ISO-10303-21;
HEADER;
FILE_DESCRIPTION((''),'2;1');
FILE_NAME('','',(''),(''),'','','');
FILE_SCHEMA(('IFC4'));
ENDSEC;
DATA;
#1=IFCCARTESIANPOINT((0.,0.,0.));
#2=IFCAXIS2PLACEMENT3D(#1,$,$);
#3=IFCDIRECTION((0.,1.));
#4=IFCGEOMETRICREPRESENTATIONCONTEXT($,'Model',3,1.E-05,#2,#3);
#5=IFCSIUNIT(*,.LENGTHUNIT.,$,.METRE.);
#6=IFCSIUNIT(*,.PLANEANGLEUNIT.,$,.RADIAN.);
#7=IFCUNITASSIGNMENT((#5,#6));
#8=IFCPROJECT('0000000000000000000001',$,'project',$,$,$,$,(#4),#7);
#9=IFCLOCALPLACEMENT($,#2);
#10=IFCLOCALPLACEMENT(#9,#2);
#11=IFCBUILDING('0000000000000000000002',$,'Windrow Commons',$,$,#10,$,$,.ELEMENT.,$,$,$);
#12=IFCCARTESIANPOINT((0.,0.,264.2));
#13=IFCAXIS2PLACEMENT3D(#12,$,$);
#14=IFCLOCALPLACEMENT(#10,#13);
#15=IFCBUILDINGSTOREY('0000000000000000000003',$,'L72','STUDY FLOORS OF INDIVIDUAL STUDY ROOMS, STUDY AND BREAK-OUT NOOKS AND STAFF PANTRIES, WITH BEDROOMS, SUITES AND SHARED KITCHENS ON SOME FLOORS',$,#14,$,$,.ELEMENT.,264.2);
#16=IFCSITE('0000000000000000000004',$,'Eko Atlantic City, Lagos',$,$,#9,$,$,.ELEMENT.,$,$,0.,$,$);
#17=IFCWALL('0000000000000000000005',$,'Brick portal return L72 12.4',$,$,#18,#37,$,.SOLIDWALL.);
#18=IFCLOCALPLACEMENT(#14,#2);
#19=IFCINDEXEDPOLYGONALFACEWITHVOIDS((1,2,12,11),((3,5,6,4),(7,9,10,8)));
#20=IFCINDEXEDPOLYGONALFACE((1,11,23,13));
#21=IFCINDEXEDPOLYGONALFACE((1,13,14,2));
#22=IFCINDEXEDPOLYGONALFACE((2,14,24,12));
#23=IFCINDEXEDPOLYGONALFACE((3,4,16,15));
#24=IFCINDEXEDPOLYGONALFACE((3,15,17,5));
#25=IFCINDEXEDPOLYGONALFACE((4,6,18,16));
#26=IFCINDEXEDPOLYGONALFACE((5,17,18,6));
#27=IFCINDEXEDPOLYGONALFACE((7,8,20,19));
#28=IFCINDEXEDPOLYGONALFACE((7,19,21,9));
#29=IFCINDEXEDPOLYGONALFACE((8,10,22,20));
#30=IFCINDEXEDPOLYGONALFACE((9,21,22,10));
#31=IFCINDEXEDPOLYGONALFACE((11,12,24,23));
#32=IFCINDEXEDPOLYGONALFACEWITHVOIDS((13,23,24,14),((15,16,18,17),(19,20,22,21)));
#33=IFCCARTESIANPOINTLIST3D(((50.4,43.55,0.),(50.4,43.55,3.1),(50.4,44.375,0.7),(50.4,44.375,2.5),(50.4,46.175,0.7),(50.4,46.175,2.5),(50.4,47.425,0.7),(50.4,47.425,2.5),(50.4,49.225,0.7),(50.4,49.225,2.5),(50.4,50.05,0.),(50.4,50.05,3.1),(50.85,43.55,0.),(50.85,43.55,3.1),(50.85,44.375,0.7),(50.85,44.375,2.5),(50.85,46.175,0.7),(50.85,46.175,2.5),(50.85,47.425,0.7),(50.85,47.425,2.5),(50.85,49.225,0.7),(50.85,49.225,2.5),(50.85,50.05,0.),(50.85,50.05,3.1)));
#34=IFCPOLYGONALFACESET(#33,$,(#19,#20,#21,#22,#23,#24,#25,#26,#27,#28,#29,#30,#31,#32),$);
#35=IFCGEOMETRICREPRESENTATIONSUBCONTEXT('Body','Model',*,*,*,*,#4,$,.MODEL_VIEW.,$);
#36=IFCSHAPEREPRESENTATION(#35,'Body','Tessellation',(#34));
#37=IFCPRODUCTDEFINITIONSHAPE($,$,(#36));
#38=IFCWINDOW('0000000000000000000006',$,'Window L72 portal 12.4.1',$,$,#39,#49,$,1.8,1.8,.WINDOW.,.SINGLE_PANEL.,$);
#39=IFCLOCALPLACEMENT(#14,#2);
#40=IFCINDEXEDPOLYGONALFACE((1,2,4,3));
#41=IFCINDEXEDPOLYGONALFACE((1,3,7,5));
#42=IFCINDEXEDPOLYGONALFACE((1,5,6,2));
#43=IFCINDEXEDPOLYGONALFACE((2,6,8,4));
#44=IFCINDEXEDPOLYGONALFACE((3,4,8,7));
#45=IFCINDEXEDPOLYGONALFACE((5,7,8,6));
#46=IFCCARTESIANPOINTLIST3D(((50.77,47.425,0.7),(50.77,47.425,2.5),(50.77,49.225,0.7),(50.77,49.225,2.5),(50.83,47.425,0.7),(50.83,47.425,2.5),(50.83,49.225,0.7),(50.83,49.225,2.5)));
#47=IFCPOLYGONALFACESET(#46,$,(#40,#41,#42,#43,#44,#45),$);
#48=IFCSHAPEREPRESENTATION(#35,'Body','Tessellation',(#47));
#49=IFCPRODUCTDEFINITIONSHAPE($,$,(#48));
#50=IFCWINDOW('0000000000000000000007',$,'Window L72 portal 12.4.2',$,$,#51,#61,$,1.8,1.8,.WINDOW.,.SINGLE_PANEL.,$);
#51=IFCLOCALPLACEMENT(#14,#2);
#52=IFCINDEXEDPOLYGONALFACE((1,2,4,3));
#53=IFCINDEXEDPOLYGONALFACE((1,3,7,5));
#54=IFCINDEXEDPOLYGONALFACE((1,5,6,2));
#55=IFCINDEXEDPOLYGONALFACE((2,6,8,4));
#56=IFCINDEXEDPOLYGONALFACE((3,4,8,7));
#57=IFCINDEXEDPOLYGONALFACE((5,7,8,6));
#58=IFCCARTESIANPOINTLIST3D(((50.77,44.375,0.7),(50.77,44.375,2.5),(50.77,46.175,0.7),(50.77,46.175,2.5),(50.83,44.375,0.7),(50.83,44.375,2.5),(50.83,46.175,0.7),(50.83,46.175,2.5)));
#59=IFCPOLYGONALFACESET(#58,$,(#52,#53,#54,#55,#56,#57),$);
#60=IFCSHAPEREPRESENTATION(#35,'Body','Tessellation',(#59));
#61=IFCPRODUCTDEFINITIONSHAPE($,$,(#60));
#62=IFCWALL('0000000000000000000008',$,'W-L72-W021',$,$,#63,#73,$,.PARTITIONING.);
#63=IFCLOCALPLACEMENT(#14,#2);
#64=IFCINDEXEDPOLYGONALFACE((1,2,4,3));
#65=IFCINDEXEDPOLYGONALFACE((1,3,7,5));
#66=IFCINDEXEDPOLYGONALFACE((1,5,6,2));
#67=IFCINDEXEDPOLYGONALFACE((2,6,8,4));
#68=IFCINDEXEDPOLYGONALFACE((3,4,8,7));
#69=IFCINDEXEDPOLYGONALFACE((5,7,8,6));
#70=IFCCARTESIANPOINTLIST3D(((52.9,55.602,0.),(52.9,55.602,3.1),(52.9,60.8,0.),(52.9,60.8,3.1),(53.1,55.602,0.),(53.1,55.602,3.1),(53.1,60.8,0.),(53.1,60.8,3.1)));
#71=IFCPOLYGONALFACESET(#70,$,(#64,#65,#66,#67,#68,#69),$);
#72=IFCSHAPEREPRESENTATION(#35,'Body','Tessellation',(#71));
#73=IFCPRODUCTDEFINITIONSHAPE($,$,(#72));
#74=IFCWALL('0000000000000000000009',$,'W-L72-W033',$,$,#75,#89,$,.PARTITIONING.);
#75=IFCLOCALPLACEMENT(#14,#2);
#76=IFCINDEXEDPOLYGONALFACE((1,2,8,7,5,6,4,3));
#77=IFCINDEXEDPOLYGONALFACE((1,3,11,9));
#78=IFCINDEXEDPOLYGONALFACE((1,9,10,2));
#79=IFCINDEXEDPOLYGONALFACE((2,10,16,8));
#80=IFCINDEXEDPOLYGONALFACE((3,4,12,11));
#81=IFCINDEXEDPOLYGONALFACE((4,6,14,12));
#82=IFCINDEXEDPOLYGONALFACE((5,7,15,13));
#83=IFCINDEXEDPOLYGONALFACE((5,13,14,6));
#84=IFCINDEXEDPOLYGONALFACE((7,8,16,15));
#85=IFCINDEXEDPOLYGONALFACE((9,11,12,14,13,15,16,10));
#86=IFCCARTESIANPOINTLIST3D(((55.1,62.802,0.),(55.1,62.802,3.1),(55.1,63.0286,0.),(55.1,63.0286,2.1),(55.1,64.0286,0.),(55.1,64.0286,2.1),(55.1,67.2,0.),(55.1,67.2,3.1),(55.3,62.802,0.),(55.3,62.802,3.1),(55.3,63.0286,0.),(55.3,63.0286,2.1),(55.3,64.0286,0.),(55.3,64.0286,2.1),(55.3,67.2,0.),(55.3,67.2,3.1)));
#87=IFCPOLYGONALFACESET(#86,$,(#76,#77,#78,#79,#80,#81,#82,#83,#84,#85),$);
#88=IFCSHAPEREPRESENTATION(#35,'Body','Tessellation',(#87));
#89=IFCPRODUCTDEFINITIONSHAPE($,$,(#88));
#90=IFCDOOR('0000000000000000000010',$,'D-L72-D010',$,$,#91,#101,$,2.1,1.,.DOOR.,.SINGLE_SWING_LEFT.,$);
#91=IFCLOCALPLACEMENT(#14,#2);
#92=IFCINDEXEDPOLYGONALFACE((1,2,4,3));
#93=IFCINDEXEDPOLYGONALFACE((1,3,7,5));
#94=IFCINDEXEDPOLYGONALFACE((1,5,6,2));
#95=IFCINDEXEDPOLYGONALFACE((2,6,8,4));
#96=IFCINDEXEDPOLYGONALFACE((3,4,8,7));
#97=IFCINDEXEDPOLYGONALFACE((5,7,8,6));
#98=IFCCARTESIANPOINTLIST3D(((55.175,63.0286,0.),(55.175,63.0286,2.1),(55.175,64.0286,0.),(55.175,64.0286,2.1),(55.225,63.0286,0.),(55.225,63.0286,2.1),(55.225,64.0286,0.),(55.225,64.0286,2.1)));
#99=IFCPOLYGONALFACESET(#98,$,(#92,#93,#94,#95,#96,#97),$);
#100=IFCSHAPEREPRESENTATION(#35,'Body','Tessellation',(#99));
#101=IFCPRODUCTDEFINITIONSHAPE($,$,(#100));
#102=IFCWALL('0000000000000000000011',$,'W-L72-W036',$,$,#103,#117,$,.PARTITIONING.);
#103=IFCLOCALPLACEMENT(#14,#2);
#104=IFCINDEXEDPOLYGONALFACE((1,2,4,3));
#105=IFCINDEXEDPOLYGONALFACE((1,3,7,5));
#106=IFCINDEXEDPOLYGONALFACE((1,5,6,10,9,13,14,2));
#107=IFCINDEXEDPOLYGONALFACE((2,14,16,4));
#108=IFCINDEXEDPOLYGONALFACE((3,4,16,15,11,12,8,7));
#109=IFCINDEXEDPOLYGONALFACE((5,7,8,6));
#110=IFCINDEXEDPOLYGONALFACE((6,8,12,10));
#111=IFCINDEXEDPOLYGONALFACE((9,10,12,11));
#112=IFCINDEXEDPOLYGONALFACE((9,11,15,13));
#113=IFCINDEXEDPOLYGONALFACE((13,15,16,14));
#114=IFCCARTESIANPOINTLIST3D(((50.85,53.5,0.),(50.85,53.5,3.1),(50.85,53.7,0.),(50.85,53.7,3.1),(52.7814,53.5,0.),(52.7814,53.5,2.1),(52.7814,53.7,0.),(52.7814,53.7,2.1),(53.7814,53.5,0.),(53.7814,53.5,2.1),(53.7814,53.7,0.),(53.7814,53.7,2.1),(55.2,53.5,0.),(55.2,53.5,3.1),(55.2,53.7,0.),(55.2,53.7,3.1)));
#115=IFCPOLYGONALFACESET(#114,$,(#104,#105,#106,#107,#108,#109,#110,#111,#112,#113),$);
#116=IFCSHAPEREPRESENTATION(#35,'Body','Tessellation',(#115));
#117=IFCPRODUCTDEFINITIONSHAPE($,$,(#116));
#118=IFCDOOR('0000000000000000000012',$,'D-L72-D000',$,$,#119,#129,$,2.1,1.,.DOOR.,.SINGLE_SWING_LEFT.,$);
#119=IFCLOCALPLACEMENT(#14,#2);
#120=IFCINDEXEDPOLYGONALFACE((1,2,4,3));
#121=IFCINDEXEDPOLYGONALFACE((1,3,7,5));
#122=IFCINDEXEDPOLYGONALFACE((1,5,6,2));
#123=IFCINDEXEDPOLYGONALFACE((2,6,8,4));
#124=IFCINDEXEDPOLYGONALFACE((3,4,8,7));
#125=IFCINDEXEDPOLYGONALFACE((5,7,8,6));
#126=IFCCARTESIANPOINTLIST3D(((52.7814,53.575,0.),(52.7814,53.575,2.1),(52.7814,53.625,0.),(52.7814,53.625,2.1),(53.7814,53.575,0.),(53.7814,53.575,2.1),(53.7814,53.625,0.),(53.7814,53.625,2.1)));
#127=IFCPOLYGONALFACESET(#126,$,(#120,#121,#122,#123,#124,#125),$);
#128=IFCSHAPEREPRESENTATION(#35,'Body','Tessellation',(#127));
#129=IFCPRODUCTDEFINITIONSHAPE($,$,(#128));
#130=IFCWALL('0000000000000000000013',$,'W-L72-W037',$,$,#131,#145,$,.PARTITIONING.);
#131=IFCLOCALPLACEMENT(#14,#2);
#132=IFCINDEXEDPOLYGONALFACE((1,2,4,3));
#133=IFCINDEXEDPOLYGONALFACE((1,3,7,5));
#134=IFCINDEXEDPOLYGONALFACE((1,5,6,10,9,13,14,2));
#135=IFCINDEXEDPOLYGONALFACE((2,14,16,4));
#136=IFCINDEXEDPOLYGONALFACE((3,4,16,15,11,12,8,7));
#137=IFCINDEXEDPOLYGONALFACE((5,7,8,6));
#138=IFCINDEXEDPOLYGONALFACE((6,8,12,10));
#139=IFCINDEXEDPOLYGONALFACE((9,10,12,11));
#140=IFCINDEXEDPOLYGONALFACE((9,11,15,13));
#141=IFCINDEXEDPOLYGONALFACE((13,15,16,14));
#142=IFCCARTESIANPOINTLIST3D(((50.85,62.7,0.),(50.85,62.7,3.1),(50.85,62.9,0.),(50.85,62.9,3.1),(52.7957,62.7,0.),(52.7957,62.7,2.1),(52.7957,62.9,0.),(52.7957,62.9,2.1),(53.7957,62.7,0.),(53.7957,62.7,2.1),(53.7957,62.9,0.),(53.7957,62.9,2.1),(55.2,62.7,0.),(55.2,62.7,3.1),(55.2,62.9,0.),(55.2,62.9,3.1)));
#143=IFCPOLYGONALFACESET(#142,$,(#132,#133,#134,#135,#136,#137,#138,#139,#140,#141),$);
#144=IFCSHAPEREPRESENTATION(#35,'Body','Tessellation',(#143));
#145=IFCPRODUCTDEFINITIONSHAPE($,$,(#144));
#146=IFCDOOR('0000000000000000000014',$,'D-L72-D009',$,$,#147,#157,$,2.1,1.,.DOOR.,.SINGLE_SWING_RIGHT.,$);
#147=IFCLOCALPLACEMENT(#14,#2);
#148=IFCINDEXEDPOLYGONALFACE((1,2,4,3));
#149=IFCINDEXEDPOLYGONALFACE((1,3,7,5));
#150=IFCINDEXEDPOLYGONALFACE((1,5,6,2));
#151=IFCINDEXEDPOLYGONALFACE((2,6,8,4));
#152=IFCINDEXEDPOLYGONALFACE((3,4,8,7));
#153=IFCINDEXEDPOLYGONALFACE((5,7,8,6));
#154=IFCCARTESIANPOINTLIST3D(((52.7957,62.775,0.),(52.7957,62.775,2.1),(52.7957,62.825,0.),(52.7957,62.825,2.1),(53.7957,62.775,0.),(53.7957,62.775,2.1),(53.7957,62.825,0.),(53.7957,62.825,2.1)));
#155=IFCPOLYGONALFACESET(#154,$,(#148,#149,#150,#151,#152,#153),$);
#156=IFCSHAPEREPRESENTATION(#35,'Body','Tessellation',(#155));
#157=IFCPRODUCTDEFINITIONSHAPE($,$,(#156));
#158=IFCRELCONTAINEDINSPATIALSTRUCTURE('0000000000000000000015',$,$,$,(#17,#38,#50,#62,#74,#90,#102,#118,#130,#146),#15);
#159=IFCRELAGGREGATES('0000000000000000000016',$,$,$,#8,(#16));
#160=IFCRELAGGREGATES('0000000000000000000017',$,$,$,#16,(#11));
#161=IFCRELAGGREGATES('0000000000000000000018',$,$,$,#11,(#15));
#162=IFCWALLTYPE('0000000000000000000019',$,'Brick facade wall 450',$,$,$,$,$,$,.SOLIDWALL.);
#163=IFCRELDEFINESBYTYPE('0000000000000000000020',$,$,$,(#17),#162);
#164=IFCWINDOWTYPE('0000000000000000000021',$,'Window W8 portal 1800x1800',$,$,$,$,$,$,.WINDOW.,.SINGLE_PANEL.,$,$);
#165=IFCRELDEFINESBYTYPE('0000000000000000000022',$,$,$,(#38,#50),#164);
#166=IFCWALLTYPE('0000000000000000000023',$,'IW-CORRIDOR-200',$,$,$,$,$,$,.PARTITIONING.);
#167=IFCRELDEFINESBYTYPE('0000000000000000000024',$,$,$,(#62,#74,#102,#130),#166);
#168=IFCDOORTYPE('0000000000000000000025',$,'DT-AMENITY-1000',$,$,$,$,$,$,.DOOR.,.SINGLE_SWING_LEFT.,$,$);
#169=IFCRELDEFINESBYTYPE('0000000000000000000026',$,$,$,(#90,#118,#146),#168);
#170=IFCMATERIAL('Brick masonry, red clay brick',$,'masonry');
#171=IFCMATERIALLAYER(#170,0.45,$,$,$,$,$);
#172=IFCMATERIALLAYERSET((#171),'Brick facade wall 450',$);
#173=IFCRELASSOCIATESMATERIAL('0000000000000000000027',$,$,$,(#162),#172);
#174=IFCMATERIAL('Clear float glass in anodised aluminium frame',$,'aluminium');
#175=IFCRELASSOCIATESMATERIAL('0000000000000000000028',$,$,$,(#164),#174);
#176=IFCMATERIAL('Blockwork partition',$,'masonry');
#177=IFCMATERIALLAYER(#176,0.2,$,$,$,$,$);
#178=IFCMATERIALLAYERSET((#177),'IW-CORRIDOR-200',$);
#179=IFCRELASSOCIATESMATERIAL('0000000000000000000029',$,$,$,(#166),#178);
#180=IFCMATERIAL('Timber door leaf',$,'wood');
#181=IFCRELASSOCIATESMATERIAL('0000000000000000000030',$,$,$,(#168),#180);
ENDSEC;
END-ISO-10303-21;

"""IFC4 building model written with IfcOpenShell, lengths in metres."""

from ifc_helpers import new_model, si_unit, direction, frame, frame_2d, origin, place, context, subcontext, project, spatial, rectangle, extrude, material, layer, layer_set, type_object, element, fill, save


model = new_model("IFC4")

# Units and contexts
model_context = context("Model", 3, precision=1e-05, world=origin(), true_north=direction((0.0, 1.0)))
body_context = subcontext(model_context, "Body", "Model", "MODEL_VIEW")
ifc_project = project(units=[si_unit("LENGTHUNIT", "METRE"), si_unit("PLANEANGLEUNIT", "RADIAN")], contexts=[model_context])

# Site, building, storey
site_placement = place(None, origin())
site = spatial("IfcSite", under=ifc_project, at=site_placement, Name="Eko Atlantic City, Lagos", CompositionType="ELEMENT", RefElevation=0.0)
building_placement = place(site_placement, origin())
building = spatial("IfcBuilding", under=site, at=building_placement, Name="Windrow Commons", CompositionType="ELEMENT")
storey_placement = place(building_placement, frame((0.0, 0.0, 264.2)))
storey = spatial("IfcBuildingStorey", under=building, at=storey_placement, Name="L72", Description="STUDY FLOORS OF INDIVIDUAL STUDY ROOMS, STUDY AND BREAK-OUT NOOKS AND STAFF PANTRIES, WITH BEDROOMS, SUITES AND SHARED KITCHENS ON SOME FLOORS", CompositionType="ELEMENT", Elevation=264.2)

# Wall, openings, windows
ifc_material_1 = material(Name="Brick masonry, red clay brick", Category="masonry")
ifc_layer_1 = layer(ifc_material_1, 0.45)
ifc_layer_set_1 = layer_set([ifc_layer_1], Name="Brick facade wall 450")
wall_type_1 = type_object("IfcWallType", Name="Brick facade wall 450", PredefinedType="SOLIDWALL", material=ifc_layer_set_1)
ifc_material_2 = material(Name="Clear float glass in anodised aluminium frame", Category="aluminium")
window_type_1 = type_object("IfcWindowType", Name="Window W8 portal 1800x1800", PartitioningType="SINGLE_PANEL", PredefinedType="WINDOW", material=ifc_material_2)
wall_1_placement = place(storey_placement, frame((50.625, 50.05, 0.0), z_axis=(0.0, 0.0, 1.0), x_axis=(0.0, -1.0, 0.0)))
wall_1 = element("IfcWall", 1, at=wall_1_placement, inside=storey, type_object=wall_type_1, Name="Brick portal return L72 12.4", PredefinedType="SOLIDWALL", context=body_context, shape_type="SweptSolid", body=[
    extrude(rectangle(XDim=6.5, YDim=0.45, at=frame_2d((3.25, 0.0))), origin(), (0.0, 0.0, 1.0), 3.1),
])
opening_1_placement = place(wall_1_placement, frame((0.825, 0.0, 0.7)))
opening_1 = element("IfcOpeningElement", 2, at=opening_1_placement, cuts=wall_1, PredefinedType="OPENING", context=body_context, shape_type="SweptSolid", body=[
    extrude(rectangle(XDim=1.8, YDim=1.8, at=frame_2d((0.9, 0.9))), frame((0.0, 0.235, 0.0), z_axis=(0.0, -1.0, 0.0), x_axis=(1.0, 0.0, 0.0)), (0.0, 0.0, 1.0), 0.47),
])
opening_2_placement = place(wall_1_placement, frame((3.875, 0.0, 0.7)))
opening_2 = element("IfcOpeningElement", 3, at=opening_2_placement, cuts=wall_1, PredefinedType="OPENING", context=body_context, shape_type="SweptSolid", body=[
    extrude(rectangle(XDim=1.8, YDim=1.8, at=frame_2d((0.9, 0.9))), frame((0.0, 0.235, 0.0), z_axis=(0.0, -1.0, 0.0), x_axis=(1.0, 0.0, 0.0)), (0.0, 0.0, 1.0), 0.47),
])
window_1_placement = place(opening_1_placement, origin())
window_1 = element("IfcWindow", 4, at=window_1_placement, inside=storey, type_object=window_type_1, Name="Window L72 portal 12.4.1", OverallHeight=1.8, OverallWidth=1.8, PartitioningType="SINGLE_PANEL", PredefinedType="WINDOW", context=body_context, shape_type="SweptSolid", body=[
    extrude(rectangle(XDim=1.8, YDim=1.8, at=frame_2d((0.9, 0.9))), frame((0.0, 0.205, 0.0), z_axis=(0.0, -1.0, 0.0), x_axis=(1.0, 0.0, 0.0)), (0.0, 0.0, 1.0), 0.06),
])
fill(opening_1, window_1)
window_2_placement = place(opening_2_placement, origin())
window_2 = element("IfcWindow", 5, at=window_2_placement, inside=storey, type_object=window_type_1, Name="Window L72 portal 12.4.2", OverallHeight=1.8, OverallWidth=1.8, PartitioningType="SINGLE_PANEL", PredefinedType="WINDOW", context=body_context, shape_type="SweptSolid", body=[
    extrude(rectangle(XDim=1.8, YDim=1.8, at=frame_2d((0.9, 0.9))), frame((0.0, 0.205, 0.0), z_axis=(0.0, -1.0, 0.0), x_axis=(1.0, 0.0, 0.0)), (0.0, 0.0, 1.0), 0.06),
])
fill(opening_2, window_2)

# Wall
ifc_material_3 = material(Name="Blockwork partition", Category="masonry")
ifc_layer_2 = layer(ifc_material_3, 0.2)
ifc_layer_set_2 = layer_set([ifc_layer_2], Name="IW-CORRIDOR-200")
wall_type_2 = type_object("IfcWallType", Name="IW-CORRIDOR-200", PredefinedType="PARTITIONING", material=ifc_layer_set_2)
wall_2_placement = place(storey_placement, frame((53.0, 55.602, 0.0), z_axis=(0.0, 0.0, 1.0), x_axis=(0.0, 1.0, 0.0)))
element("IfcWall", 6, at=wall_2_placement, inside=storey, type_object=wall_type_2, Name="W-L72-W021", PredefinedType="PARTITIONING", context=body_context, shape_type="SweptSolid", body=[
    extrude(rectangle(XDim=5.198, YDim=0.2, at=frame_2d((2.599, 0.0))), origin(), (0.0, 0.0, 1.0), 3.1),
])

# Walls, openings, doors
wall_3_placement = place(storey_placement, frame((55.2, 62.802, 0.0), z_axis=(0.0, 0.0, 1.0), x_axis=(0.0, 1.0, 0.0)))
wall_3 = element("IfcWall", 7, at=wall_3_placement, inside=storey, type_object=wall_type_2, Name="W-L72-W033", PredefinedType="PARTITIONING", context=body_context, shape_type="SweptSolid", body=[
    extrude(rectangle(XDim=4.398, YDim=0.2, at=frame_2d((2.199, 0.0))), origin(), (0.0, 0.0, 1.0), 3.1),
])
opening_3_placement = place(wall_3_placement, frame((0.2266, 0.0, 0.0)))
opening_3 = element("IfcOpeningElement", 8, at=opening_3_placement, cuts=wall_3, PredefinedType="OPENING", context=body_context, shape_type="SweptSolid", body=[
    extrude(rectangle(XDim=1.0, YDim=2.1, at=frame_2d((0.5, 1.05))), frame((0.0, 0.11, 0.0), z_axis=(0.0, -1.0, 0.0), x_axis=(1.0, 0.0, 0.0)), (0.0, 0.0, 1.0), 0.22),
])
ifc_material_4 = material(Name="Timber door leaf", Category="wood")
door_type_1 = type_object("IfcDoorType", Name="DT-AMENITY-1000", OperationType="SINGLE_SWING_LEFT", PredefinedType="DOOR", material=ifc_material_4)
door_1_placement = place(opening_3_placement, origin())
door_1 = element("IfcDoor", 9, at=door_1_placement, inside=storey, type_object=door_type_1, Name="D-L72-D010", OperationType="SINGLE_SWING_LEFT", OverallHeight=2.1, OverallWidth=1.0, PredefinedType="DOOR", context=body_context, shape_type="SweptSolid", body=[
    extrude(rectangle(XDim=1.0, YDim=2.1, at=frame_2d((0.5, 1.05))), frame((0.0, 0.025, 0.0), z_axis=(0.0, -1.0, 0.0), x_axis=(1.0, 0.0, 0.0)), (0.0, 0.0, 1.0), 0.05),
])
fill(opening_3, door_1)
wall_4_placement = place(storey_placement, frame((50.85, 53.6, 0.0), z_axis=(0.0, 0.0, 1.0), x_axis=(1.0, 0.0, 0.0)))
wall_4 = element("IfcWall", 10, at=wall_4_placement, inside=storey, type_object=wall_type_2, Name="W-L72-W036", PredefinedType="PARTITIONING", context=body_context, shape_type="SweptSolid", body=[
    extrude(rectangle(XDim=4.35, YDim=0.2, at=frame_2d((2.175, 0.0))), origin(), (0.0, 0.0, 1.0), 3.1),
])
opening_4_placement = place(wall_4_placement, frame((1.9314, 0.0, 0.0)))
opening_4 = element("IfcOpeningElement", 11, at=opening_4_placement, cuts=wall_4, PredefinedType="OPENING", context=body_context, shape_type="SweptSolid", body=[
    extrude(rectangle(XDim=1.0, YDim=2.1, at=frame_2d((0.5, 1.05))), frame((0.0, 0.11, 0.0), z_axis=(0.0, -1.0, 0.0), x_axis=(1.0, 0.0, 0.0)), (0.0, 0.0, 1.0), 0.22),
])
door_2_placement = place(opening_4_placement, origin())
door_2 = element("IfcDoor", 12, at=door_2_placement, inside=storey, type_object=door_type_1, Name="D-L72-D000", OperationType="SINGLE_SWING_LEFT", OverallHeight=2.1, OverallWidth=1.0, PredefinedType="DOOR", context=body_context, shape_type="SweptSolid", body=[
    extrude(rectangle(XDim=1.0, YDim=2.1, at=frame_2d((0.5, 1.05))), frame((0.0, 0.025, 0.0), z_axis=(0.0, -1.0, 0.0), x_axis=(1.0, 0.0, 0.0)), (0.0, 0.0, 1.0), 0.05),
])
fill(opening_4, door_2)
wall_5_placement = place(storey_placement, frame((50.85, 62.8, 0.0), z_axis=(0.0, 0.0, 1.0), x_axis=(1.0, 0.0, 0.0)))
wall_5 = element("IfcWall", 13, at=wall_5_placement, inside=storey, type_object=wall_type_2, Name="W-L72-W037", PredefinedType="PARTITIONING", context=body_context, shape_type="SweptSolid", body=[
    extrude(rectangle(XDim=4.35, YDim=0.2, at=frame_2d((2.175, 0.0))), origin(), (0.0, 0.0, 1.0), 3.1),
])
opening_5_placement = place(wall_5_placement, frame((1.9457, 0.0, 0.0)))
opening_5 = element("IfcOpeningElement", 14, at=opening_5_placement, cuts=wall_5, PredefinedType="OPENING", context=body_context, shape_type="SweptSolid", body=[
    extrude(rectangle(XDim=1.0, YDim=2.1, at=frame_2d((0.5, 1.05))), frame((0.0, 0.11, 0.0), z_axis=(0.0, -1.0, 0.0), x_axis=(1.0, 0.0, 0.0)), (0.0, 0.0, 1.0), 0.22),
])
door_3_placement = place(opening_5_placement, origin())
door_3 = element("IfcDoor", 15, at=door_3_placement, inside=storey, type_object=door_type_1, Name="D-L72-D009", OperationType="SINGLE_SWING_RIGHT", OverallHeight=2.1, OverallWidth=1.0, PredefinedType="DOOR", context=body_context, shape_type="SweptSolid", body=[
    extrude(rectangle(XDim=1.0, YDim=2.1, at=frame_2d((0.5, 1.05))), frame((0.0, 0.025, 0.0), z_axis=(0.0, -1.0, 0.0), x_axis=(1.0, 0.0, 0.0)), (0.0, 0.0, 1.0), 0.05),
])
fill(opening_5, door_3)

save(model, "model.ifc")
